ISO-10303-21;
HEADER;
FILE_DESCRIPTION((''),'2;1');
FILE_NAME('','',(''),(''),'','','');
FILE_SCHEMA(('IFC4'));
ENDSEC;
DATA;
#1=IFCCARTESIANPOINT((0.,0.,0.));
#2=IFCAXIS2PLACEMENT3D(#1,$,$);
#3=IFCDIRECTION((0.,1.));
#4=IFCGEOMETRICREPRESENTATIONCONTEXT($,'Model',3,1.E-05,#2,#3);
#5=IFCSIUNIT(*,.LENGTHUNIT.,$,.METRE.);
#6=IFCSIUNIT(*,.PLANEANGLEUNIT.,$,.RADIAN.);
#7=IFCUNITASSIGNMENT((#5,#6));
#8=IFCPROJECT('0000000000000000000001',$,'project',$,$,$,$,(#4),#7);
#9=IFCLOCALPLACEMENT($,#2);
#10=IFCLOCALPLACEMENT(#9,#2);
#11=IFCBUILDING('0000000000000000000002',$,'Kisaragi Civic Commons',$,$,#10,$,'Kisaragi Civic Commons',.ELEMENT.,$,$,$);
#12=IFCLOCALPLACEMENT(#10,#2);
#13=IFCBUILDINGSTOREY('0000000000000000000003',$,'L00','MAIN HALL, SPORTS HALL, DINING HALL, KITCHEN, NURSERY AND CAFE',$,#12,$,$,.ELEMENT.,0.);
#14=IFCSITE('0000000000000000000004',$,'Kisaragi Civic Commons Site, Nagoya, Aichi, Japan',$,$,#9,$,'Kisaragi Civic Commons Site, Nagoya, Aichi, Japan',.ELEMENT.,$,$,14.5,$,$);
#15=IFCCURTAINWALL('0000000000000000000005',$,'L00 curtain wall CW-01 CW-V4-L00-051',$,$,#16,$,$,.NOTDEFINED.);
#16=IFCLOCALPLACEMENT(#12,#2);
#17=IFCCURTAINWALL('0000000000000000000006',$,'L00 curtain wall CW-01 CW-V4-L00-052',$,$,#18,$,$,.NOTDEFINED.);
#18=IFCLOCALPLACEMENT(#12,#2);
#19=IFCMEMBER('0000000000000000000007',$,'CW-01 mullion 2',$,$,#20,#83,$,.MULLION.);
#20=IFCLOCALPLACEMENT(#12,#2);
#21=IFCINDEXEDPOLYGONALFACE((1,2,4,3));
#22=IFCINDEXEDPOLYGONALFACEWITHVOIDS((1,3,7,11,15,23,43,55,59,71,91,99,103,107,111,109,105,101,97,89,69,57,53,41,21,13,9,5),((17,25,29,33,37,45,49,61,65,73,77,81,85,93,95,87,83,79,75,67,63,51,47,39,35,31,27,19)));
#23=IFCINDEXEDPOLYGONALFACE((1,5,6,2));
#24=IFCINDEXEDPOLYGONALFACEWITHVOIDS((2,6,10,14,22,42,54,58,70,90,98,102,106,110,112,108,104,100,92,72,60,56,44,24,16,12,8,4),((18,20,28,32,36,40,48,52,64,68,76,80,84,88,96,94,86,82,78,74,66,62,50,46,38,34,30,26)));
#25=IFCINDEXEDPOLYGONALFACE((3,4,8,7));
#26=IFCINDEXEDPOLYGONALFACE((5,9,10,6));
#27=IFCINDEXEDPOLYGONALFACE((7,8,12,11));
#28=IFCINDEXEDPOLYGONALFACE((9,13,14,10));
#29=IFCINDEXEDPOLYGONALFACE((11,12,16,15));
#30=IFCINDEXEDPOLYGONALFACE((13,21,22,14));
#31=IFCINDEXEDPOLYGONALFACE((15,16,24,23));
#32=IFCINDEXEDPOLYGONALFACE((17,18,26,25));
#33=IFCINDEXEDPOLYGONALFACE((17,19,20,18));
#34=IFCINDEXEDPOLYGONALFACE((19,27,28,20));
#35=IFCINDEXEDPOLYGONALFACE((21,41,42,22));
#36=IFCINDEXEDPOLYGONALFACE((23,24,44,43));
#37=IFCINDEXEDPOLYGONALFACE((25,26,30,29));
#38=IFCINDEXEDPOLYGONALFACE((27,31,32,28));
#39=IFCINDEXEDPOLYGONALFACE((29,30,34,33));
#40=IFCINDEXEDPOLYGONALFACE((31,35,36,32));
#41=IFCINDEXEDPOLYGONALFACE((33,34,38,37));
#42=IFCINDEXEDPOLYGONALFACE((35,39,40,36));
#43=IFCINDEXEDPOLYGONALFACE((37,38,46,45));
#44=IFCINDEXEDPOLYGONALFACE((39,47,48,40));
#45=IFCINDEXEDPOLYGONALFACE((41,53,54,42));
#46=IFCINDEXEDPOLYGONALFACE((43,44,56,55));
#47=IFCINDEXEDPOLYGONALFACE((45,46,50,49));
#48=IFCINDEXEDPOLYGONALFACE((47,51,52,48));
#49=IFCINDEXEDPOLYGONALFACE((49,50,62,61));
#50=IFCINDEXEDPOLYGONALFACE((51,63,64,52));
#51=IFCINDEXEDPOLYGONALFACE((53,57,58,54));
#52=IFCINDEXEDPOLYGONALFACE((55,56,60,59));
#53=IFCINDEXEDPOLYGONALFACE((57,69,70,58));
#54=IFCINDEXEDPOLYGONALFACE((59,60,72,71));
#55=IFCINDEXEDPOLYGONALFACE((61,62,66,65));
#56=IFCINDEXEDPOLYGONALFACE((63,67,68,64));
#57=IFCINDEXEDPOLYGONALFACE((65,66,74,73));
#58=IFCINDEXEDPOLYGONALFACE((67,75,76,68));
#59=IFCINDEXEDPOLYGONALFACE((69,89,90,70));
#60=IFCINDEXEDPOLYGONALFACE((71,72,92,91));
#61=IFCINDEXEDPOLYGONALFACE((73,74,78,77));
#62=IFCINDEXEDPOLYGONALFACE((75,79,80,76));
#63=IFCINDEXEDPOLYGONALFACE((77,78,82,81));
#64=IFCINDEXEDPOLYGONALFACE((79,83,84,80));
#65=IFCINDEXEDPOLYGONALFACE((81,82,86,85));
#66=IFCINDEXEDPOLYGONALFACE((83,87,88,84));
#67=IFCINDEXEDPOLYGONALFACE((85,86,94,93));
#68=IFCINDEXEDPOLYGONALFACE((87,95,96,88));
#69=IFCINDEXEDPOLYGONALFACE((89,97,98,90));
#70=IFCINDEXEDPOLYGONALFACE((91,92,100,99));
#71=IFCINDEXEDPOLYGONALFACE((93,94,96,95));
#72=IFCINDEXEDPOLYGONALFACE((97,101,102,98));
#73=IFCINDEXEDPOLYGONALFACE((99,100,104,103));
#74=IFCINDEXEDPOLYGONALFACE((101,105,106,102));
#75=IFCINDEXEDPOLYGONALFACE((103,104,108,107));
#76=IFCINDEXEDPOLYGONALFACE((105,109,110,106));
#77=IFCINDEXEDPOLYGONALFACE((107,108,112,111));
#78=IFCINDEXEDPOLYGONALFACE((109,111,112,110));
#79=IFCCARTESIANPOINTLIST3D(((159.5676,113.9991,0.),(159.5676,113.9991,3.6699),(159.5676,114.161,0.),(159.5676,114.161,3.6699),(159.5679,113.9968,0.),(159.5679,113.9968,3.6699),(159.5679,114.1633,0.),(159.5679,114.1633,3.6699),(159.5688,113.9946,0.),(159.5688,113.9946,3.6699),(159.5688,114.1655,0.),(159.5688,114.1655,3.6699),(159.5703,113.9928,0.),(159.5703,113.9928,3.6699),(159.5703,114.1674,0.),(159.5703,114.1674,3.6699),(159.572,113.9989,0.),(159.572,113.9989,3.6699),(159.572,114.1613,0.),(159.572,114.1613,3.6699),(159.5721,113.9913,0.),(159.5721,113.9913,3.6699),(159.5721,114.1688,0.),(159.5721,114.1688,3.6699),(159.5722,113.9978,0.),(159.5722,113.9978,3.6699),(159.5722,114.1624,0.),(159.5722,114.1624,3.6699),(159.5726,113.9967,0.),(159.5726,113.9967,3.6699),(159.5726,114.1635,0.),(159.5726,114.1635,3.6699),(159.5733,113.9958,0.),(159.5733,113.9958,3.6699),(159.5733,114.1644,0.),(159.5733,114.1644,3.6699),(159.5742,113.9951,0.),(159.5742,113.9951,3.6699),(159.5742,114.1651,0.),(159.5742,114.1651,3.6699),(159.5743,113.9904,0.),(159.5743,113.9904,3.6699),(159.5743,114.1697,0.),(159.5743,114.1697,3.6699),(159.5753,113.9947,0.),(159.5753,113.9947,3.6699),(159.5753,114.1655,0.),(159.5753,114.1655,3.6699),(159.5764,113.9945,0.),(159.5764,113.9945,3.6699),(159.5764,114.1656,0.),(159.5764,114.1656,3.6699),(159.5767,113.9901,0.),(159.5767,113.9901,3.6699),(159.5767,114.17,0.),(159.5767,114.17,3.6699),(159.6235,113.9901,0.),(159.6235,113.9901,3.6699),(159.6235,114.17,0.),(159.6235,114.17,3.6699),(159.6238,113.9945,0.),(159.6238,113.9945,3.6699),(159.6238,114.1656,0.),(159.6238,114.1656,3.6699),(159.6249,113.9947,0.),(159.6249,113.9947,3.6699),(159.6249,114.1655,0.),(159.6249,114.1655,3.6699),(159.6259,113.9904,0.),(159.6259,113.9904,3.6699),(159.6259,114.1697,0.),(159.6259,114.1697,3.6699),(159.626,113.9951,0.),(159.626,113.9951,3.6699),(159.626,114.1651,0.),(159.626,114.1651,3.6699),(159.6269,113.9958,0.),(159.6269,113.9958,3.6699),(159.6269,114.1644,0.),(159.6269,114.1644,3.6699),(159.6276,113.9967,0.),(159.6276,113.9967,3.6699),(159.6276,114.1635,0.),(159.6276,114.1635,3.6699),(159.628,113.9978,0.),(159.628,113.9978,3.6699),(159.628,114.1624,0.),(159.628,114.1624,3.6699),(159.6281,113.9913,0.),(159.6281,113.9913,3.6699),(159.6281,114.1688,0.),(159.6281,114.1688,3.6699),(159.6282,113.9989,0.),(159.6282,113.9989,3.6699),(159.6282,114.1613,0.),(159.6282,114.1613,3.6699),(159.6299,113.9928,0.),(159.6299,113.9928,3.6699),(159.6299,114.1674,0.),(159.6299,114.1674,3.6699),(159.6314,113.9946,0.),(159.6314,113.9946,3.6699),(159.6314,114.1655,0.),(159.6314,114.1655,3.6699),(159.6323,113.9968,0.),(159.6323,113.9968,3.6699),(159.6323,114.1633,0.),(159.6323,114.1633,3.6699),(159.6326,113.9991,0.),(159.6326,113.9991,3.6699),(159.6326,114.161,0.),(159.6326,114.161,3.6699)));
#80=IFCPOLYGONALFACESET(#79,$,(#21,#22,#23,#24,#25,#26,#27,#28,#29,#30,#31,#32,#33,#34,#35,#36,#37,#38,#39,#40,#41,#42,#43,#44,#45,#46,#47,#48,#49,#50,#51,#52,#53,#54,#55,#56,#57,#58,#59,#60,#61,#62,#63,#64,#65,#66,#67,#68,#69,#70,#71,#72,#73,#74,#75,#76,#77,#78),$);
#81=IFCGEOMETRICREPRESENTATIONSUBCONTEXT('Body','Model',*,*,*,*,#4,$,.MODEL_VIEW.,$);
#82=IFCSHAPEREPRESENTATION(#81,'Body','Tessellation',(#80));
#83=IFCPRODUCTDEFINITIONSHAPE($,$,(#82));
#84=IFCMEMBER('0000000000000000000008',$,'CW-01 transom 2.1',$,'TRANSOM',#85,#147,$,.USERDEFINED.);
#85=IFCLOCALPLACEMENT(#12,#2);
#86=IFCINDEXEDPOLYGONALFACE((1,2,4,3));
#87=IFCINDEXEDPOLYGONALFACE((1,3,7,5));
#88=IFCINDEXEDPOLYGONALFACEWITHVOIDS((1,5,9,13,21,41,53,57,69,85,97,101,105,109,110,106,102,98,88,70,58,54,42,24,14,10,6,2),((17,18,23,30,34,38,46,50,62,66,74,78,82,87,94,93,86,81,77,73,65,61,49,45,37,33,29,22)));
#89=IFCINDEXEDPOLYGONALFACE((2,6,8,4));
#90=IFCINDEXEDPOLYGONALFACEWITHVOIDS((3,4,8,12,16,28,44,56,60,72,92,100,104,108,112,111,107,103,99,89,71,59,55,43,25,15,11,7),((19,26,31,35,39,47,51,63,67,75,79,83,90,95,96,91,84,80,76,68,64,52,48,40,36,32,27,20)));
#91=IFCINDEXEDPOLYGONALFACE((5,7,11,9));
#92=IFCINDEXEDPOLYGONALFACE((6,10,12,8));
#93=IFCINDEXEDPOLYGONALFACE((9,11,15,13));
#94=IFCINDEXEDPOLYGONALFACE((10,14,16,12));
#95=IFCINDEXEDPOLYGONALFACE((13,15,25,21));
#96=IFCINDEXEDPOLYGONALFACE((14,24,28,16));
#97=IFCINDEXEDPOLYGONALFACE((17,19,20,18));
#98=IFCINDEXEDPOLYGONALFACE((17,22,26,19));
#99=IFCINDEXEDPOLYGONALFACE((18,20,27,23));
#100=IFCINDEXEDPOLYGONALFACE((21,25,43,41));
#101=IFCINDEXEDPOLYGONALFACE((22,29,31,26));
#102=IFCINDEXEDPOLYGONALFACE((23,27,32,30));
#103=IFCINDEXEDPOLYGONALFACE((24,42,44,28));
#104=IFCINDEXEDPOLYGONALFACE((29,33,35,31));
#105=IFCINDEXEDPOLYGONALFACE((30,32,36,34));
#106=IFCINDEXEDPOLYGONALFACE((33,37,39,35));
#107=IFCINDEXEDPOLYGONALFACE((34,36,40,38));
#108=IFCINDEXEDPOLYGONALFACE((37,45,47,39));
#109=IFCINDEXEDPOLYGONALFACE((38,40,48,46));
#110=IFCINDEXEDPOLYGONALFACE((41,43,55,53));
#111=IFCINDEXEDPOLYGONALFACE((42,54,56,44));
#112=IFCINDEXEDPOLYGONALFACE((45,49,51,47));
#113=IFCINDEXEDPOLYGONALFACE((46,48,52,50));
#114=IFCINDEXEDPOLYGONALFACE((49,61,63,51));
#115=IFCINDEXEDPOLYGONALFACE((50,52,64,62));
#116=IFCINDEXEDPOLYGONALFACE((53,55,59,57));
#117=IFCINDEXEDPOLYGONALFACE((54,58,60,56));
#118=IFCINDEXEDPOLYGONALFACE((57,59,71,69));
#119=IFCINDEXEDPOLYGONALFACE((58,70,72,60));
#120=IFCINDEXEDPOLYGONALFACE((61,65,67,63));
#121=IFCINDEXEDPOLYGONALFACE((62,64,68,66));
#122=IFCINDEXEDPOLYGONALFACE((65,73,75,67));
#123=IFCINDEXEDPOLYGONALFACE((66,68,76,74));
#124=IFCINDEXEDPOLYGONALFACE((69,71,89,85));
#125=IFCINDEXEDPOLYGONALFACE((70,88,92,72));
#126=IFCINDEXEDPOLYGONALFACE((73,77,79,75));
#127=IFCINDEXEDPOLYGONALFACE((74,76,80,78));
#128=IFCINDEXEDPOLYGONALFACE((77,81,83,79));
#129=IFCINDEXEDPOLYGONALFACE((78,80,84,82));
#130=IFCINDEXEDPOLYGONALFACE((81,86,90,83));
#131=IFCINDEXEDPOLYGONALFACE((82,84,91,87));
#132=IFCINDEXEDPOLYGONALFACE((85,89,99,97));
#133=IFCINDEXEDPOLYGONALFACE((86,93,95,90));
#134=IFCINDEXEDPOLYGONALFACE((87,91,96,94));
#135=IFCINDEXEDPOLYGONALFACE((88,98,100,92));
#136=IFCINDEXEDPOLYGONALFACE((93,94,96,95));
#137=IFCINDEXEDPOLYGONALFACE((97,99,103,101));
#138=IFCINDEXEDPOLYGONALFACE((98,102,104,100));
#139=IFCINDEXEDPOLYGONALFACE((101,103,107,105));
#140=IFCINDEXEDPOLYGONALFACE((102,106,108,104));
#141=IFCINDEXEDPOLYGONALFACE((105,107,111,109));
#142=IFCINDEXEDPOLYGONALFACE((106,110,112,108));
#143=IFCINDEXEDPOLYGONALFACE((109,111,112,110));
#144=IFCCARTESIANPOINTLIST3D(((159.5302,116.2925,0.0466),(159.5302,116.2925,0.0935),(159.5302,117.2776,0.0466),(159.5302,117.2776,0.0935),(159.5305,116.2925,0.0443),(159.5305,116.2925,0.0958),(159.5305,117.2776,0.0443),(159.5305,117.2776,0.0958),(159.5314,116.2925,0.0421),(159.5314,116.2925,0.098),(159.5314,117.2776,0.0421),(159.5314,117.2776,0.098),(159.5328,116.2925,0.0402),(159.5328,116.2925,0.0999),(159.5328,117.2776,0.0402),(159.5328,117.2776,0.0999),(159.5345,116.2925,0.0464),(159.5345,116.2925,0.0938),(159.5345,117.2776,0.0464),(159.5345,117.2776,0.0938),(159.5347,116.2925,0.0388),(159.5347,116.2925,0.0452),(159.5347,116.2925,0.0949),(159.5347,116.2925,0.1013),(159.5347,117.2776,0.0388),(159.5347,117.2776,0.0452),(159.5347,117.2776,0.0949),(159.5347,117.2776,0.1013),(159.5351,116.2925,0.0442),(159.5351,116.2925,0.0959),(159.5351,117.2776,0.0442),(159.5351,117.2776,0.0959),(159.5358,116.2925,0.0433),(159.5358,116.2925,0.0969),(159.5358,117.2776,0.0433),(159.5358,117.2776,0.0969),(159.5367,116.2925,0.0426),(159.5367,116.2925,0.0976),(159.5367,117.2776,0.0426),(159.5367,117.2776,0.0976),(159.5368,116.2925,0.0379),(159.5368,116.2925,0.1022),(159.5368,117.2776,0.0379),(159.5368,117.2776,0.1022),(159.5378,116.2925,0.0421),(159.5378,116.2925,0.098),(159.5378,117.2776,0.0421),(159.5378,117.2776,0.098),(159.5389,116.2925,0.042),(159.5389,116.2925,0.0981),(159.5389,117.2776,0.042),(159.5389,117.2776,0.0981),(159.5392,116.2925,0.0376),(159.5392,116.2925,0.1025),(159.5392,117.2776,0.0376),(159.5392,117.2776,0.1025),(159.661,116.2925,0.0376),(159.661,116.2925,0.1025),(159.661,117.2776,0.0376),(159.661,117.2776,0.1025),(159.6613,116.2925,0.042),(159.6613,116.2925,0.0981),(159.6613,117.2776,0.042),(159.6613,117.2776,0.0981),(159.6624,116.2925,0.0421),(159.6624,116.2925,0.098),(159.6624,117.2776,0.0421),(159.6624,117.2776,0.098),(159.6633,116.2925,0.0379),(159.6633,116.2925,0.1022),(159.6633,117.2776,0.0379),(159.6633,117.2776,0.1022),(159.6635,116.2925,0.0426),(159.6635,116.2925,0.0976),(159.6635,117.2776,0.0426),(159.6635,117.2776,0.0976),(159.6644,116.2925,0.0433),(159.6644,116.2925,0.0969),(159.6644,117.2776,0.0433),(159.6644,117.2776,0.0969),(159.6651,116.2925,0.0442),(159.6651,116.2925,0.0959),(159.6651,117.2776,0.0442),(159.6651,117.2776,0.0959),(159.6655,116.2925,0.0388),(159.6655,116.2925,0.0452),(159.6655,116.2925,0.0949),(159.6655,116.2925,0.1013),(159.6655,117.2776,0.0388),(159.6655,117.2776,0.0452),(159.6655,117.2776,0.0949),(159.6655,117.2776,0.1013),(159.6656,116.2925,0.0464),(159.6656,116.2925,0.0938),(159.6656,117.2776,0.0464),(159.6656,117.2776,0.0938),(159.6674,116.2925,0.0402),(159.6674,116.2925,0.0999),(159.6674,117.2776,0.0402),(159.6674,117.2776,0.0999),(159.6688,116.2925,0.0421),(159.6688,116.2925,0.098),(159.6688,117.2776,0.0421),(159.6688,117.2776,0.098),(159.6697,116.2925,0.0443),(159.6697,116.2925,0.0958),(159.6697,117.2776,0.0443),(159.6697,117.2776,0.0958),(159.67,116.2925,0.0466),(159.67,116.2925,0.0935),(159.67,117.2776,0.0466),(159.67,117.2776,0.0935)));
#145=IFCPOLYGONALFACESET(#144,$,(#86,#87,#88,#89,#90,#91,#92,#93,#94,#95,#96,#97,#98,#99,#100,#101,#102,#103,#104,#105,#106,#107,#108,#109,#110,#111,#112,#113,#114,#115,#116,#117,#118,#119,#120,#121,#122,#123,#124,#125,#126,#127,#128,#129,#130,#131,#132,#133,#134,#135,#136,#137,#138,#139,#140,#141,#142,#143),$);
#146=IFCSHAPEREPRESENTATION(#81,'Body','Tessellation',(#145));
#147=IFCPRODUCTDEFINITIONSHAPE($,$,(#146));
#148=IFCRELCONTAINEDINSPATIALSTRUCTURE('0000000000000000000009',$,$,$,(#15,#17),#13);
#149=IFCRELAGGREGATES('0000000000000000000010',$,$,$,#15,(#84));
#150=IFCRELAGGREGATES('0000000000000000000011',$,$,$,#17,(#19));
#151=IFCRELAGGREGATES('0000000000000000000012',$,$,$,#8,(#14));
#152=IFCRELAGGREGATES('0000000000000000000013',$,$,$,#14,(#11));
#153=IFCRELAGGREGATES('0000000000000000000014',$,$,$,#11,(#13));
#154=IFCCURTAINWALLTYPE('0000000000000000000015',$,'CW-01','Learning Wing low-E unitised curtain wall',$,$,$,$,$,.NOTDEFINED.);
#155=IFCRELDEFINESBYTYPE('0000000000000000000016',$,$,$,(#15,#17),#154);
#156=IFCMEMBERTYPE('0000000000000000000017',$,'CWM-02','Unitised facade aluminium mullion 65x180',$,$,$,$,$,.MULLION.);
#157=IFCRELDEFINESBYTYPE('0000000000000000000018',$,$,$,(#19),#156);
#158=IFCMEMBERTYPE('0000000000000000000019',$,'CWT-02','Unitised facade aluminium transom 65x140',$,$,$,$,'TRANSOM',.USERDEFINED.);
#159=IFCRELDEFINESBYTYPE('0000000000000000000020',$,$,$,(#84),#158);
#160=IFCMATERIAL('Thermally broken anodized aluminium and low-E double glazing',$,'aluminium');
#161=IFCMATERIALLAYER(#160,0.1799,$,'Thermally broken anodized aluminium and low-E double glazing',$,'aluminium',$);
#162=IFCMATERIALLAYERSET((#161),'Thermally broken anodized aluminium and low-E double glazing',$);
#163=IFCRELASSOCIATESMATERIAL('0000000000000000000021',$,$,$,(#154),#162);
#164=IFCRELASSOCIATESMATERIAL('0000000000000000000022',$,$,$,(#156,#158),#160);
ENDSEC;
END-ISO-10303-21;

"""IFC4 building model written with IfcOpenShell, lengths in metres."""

from ifc_helpers import new_model, si_unit, direction, frame, origin, origin_2d, place, context, subcontext, project, spatial, hollow_rectangle, extrude, material, layer, layer_set, material_profile, profile_set, type_object, element, aggregate, save


model = new_model("IFC4")

# Units and contexts
model_context = context("Model", 3, precision=1e-05, world=origin(), true_north=direction((0.0, 1.0)))
body_context = subcontext(model_context, "Body", "Model", "MODEL_VIEW")
ifc_project = project(units=[si_unit("LENGTHUNIT", "METRE"), si_unit("PLANEANGLEUNIT", "RADIAN")], contexts=[model_context])

# Site, building, storey
site_placement = place(None, origin())
site = spatial("IfcSite", under=ifc_project, at=site_placement, Name="Kisaragi Civic Commons Site, Nagoya, Aichi, Japan", LongName="Kisaragi Civic Commons Site, Nagoya, Aichi, Japan", CompositionType="ELEMENT", RefElevation=14.5)
building_placement = place(site_placement, origin())
building = spatial("IfcBuilding", under=site, at=building_placement, Name="Kisaragi Civic Commons", LongName="Kisaragi Civic Commons", CompositionType="ELEMENT")
storey_placement = place(building_placement, origin())
storey = spatial("IfcBuildingStorey", under=building, at=storey_placement, Name="L00", Description="MAIN HALL, SPORTS HALL, DINING HALL, KITCHEN, NURSERY AND CAFE", CompositionType="ELEMENT", Elevation=0.0)

# Curtain walls, member
ifc_material_1 = material(Name="Thermally broken anodized aluminium and low-E double glazing", Category="aluminium")
ifc_layer_1 = layer(ifc_material_1, 0.1799, Name="Thermally broken anodized aluminium and low-E double glazing", Category="aluminium")
ifc_layer_set_1 = layer_set([ifc_layer_1], Name="Thermally broken anodized aluminium and low-E double glazing")
curtain_wall_type = type_object("IfcCurtainWallType", Name="CW-01", Description="Learning Wing low-E unitised curtain wall", PredefinedType="NOTDEFINED", material=ifc_layer_set_1)
curtain_wall_1_placement = place(storey_placement, origin())
curtain_wall_1 = element("IfcCurtainWall", 1, at=curtain_wall_1_placement, inside=storey, type_object=curtain_wall_type, Name="L00 curtain wall CW-01 CW-V4-L00-051", PredefinedType="NOTDEFINED")
ifc_material_profile_1 = material_profile(ifc_material_1, hollow_rectangle(XDim=0.0649, YDim=0.1799, WallThickness=0.0044, InnerFilletRadius=0.0044, OuterFilletRadius=0.009, at=origin_2d()), Name="CWM-65x180x4.5", Category="aluminium")
ifc_profile_set_1 = profile_set([ifc_material_profile_1], Name="Thermally broken anodized aluminium and low-E double glazing")
member_type_1 = type_object("IfcMemberType", Name="CWM-02", Description="Unitised facade aluminium mullion 65x180", PredefinedType="MULLION", material=ifc_profile_set_1)
curtain_wall_2_placement = place(storey_placement, origin())
curtain_wall_2 = element("IfcCurtainWall", 2, at=curtain_wall_2_placement, inside=storey, type_object=curtain_wall_type, Name="L00 curtain wall CW-01 CW-V4-L00-052", PredefinedType="NOTDEFINED")
member_1_placement = place(storey_placement, frame((159.6001, 114.0801, 0.0), z_axis=(0.0, 0.0, 1.0), x_axis=(1.0, 0.0, 0.0)))
member_1 = element("IfcMember", 3, at=member_1_placement, type_object=member_type_1, Name="CW-01 mullion 2", PredefinedType="MULLION", context=body_context, shape_type="SweptSolid", body=[
    extrude(hollow_rectangle(XDim=0.0649, YDim=0.1799, WallThickness=0.0044, InnerFilletRadius=0.0044, OuterFilletRadius=0.009, at=origin_2d()), origin(), (0.0, 0.0, 1.0), 3.6699),
])

# Member
ifc_material_profile_2 = material_profile(ifc_material_1, hollow_rectangle(XDim=0.1399, YDim=0.0649, WallThickness=0.0044, InnerFilletRadius=0.0044, OuterFilletRadius=0.009, at=origin_2d()), Name="CWT-65x140x4.5", Category="aluminium")
ifc_profile_set_2 = profile_set([ifc_material_profile_2], Name="Thermally broken anodized aluminium and low-E double glazing")
member_type_2 = type_object("IfcMemberType", Name="CWT-02", Description="Unitised facade aluminium transom 65x140", ElementType="TRANSOM", PredefinedType="USERDEFINED", material=ifc_profile_set_2)
member_2_placement = place(storey_placement, frame((159.6001, 117.2776, 0.0701), z_axis=(0.0, -1.0, 0.0), x_axis=(1.0, 0.0, 0.0)))
member_2 = element("IfcMember", 4, at=member_2_placement, type_object=member_type_2, Name="CW-01 transom 2.1", ObjectType="TRANSOM", PredefinedType="USERDEFINED", context=body_context, shape_type="SweptSolid", body=[
    extrude(hollow_rectangle(XDim=0.1399, YDim=0.0649, WallThickness=0.0044, InnerFilletRadius=0.0044, OuterFilletRadius=0.009, at=origin_2d()), origin(), (0.0, 0.0, 1.0), 0.9851),
])

aggregate(curtain_wall_1, [member_2])
aggregate(curtain_wall_2, [member_1])

save(model, "model.ifc")
